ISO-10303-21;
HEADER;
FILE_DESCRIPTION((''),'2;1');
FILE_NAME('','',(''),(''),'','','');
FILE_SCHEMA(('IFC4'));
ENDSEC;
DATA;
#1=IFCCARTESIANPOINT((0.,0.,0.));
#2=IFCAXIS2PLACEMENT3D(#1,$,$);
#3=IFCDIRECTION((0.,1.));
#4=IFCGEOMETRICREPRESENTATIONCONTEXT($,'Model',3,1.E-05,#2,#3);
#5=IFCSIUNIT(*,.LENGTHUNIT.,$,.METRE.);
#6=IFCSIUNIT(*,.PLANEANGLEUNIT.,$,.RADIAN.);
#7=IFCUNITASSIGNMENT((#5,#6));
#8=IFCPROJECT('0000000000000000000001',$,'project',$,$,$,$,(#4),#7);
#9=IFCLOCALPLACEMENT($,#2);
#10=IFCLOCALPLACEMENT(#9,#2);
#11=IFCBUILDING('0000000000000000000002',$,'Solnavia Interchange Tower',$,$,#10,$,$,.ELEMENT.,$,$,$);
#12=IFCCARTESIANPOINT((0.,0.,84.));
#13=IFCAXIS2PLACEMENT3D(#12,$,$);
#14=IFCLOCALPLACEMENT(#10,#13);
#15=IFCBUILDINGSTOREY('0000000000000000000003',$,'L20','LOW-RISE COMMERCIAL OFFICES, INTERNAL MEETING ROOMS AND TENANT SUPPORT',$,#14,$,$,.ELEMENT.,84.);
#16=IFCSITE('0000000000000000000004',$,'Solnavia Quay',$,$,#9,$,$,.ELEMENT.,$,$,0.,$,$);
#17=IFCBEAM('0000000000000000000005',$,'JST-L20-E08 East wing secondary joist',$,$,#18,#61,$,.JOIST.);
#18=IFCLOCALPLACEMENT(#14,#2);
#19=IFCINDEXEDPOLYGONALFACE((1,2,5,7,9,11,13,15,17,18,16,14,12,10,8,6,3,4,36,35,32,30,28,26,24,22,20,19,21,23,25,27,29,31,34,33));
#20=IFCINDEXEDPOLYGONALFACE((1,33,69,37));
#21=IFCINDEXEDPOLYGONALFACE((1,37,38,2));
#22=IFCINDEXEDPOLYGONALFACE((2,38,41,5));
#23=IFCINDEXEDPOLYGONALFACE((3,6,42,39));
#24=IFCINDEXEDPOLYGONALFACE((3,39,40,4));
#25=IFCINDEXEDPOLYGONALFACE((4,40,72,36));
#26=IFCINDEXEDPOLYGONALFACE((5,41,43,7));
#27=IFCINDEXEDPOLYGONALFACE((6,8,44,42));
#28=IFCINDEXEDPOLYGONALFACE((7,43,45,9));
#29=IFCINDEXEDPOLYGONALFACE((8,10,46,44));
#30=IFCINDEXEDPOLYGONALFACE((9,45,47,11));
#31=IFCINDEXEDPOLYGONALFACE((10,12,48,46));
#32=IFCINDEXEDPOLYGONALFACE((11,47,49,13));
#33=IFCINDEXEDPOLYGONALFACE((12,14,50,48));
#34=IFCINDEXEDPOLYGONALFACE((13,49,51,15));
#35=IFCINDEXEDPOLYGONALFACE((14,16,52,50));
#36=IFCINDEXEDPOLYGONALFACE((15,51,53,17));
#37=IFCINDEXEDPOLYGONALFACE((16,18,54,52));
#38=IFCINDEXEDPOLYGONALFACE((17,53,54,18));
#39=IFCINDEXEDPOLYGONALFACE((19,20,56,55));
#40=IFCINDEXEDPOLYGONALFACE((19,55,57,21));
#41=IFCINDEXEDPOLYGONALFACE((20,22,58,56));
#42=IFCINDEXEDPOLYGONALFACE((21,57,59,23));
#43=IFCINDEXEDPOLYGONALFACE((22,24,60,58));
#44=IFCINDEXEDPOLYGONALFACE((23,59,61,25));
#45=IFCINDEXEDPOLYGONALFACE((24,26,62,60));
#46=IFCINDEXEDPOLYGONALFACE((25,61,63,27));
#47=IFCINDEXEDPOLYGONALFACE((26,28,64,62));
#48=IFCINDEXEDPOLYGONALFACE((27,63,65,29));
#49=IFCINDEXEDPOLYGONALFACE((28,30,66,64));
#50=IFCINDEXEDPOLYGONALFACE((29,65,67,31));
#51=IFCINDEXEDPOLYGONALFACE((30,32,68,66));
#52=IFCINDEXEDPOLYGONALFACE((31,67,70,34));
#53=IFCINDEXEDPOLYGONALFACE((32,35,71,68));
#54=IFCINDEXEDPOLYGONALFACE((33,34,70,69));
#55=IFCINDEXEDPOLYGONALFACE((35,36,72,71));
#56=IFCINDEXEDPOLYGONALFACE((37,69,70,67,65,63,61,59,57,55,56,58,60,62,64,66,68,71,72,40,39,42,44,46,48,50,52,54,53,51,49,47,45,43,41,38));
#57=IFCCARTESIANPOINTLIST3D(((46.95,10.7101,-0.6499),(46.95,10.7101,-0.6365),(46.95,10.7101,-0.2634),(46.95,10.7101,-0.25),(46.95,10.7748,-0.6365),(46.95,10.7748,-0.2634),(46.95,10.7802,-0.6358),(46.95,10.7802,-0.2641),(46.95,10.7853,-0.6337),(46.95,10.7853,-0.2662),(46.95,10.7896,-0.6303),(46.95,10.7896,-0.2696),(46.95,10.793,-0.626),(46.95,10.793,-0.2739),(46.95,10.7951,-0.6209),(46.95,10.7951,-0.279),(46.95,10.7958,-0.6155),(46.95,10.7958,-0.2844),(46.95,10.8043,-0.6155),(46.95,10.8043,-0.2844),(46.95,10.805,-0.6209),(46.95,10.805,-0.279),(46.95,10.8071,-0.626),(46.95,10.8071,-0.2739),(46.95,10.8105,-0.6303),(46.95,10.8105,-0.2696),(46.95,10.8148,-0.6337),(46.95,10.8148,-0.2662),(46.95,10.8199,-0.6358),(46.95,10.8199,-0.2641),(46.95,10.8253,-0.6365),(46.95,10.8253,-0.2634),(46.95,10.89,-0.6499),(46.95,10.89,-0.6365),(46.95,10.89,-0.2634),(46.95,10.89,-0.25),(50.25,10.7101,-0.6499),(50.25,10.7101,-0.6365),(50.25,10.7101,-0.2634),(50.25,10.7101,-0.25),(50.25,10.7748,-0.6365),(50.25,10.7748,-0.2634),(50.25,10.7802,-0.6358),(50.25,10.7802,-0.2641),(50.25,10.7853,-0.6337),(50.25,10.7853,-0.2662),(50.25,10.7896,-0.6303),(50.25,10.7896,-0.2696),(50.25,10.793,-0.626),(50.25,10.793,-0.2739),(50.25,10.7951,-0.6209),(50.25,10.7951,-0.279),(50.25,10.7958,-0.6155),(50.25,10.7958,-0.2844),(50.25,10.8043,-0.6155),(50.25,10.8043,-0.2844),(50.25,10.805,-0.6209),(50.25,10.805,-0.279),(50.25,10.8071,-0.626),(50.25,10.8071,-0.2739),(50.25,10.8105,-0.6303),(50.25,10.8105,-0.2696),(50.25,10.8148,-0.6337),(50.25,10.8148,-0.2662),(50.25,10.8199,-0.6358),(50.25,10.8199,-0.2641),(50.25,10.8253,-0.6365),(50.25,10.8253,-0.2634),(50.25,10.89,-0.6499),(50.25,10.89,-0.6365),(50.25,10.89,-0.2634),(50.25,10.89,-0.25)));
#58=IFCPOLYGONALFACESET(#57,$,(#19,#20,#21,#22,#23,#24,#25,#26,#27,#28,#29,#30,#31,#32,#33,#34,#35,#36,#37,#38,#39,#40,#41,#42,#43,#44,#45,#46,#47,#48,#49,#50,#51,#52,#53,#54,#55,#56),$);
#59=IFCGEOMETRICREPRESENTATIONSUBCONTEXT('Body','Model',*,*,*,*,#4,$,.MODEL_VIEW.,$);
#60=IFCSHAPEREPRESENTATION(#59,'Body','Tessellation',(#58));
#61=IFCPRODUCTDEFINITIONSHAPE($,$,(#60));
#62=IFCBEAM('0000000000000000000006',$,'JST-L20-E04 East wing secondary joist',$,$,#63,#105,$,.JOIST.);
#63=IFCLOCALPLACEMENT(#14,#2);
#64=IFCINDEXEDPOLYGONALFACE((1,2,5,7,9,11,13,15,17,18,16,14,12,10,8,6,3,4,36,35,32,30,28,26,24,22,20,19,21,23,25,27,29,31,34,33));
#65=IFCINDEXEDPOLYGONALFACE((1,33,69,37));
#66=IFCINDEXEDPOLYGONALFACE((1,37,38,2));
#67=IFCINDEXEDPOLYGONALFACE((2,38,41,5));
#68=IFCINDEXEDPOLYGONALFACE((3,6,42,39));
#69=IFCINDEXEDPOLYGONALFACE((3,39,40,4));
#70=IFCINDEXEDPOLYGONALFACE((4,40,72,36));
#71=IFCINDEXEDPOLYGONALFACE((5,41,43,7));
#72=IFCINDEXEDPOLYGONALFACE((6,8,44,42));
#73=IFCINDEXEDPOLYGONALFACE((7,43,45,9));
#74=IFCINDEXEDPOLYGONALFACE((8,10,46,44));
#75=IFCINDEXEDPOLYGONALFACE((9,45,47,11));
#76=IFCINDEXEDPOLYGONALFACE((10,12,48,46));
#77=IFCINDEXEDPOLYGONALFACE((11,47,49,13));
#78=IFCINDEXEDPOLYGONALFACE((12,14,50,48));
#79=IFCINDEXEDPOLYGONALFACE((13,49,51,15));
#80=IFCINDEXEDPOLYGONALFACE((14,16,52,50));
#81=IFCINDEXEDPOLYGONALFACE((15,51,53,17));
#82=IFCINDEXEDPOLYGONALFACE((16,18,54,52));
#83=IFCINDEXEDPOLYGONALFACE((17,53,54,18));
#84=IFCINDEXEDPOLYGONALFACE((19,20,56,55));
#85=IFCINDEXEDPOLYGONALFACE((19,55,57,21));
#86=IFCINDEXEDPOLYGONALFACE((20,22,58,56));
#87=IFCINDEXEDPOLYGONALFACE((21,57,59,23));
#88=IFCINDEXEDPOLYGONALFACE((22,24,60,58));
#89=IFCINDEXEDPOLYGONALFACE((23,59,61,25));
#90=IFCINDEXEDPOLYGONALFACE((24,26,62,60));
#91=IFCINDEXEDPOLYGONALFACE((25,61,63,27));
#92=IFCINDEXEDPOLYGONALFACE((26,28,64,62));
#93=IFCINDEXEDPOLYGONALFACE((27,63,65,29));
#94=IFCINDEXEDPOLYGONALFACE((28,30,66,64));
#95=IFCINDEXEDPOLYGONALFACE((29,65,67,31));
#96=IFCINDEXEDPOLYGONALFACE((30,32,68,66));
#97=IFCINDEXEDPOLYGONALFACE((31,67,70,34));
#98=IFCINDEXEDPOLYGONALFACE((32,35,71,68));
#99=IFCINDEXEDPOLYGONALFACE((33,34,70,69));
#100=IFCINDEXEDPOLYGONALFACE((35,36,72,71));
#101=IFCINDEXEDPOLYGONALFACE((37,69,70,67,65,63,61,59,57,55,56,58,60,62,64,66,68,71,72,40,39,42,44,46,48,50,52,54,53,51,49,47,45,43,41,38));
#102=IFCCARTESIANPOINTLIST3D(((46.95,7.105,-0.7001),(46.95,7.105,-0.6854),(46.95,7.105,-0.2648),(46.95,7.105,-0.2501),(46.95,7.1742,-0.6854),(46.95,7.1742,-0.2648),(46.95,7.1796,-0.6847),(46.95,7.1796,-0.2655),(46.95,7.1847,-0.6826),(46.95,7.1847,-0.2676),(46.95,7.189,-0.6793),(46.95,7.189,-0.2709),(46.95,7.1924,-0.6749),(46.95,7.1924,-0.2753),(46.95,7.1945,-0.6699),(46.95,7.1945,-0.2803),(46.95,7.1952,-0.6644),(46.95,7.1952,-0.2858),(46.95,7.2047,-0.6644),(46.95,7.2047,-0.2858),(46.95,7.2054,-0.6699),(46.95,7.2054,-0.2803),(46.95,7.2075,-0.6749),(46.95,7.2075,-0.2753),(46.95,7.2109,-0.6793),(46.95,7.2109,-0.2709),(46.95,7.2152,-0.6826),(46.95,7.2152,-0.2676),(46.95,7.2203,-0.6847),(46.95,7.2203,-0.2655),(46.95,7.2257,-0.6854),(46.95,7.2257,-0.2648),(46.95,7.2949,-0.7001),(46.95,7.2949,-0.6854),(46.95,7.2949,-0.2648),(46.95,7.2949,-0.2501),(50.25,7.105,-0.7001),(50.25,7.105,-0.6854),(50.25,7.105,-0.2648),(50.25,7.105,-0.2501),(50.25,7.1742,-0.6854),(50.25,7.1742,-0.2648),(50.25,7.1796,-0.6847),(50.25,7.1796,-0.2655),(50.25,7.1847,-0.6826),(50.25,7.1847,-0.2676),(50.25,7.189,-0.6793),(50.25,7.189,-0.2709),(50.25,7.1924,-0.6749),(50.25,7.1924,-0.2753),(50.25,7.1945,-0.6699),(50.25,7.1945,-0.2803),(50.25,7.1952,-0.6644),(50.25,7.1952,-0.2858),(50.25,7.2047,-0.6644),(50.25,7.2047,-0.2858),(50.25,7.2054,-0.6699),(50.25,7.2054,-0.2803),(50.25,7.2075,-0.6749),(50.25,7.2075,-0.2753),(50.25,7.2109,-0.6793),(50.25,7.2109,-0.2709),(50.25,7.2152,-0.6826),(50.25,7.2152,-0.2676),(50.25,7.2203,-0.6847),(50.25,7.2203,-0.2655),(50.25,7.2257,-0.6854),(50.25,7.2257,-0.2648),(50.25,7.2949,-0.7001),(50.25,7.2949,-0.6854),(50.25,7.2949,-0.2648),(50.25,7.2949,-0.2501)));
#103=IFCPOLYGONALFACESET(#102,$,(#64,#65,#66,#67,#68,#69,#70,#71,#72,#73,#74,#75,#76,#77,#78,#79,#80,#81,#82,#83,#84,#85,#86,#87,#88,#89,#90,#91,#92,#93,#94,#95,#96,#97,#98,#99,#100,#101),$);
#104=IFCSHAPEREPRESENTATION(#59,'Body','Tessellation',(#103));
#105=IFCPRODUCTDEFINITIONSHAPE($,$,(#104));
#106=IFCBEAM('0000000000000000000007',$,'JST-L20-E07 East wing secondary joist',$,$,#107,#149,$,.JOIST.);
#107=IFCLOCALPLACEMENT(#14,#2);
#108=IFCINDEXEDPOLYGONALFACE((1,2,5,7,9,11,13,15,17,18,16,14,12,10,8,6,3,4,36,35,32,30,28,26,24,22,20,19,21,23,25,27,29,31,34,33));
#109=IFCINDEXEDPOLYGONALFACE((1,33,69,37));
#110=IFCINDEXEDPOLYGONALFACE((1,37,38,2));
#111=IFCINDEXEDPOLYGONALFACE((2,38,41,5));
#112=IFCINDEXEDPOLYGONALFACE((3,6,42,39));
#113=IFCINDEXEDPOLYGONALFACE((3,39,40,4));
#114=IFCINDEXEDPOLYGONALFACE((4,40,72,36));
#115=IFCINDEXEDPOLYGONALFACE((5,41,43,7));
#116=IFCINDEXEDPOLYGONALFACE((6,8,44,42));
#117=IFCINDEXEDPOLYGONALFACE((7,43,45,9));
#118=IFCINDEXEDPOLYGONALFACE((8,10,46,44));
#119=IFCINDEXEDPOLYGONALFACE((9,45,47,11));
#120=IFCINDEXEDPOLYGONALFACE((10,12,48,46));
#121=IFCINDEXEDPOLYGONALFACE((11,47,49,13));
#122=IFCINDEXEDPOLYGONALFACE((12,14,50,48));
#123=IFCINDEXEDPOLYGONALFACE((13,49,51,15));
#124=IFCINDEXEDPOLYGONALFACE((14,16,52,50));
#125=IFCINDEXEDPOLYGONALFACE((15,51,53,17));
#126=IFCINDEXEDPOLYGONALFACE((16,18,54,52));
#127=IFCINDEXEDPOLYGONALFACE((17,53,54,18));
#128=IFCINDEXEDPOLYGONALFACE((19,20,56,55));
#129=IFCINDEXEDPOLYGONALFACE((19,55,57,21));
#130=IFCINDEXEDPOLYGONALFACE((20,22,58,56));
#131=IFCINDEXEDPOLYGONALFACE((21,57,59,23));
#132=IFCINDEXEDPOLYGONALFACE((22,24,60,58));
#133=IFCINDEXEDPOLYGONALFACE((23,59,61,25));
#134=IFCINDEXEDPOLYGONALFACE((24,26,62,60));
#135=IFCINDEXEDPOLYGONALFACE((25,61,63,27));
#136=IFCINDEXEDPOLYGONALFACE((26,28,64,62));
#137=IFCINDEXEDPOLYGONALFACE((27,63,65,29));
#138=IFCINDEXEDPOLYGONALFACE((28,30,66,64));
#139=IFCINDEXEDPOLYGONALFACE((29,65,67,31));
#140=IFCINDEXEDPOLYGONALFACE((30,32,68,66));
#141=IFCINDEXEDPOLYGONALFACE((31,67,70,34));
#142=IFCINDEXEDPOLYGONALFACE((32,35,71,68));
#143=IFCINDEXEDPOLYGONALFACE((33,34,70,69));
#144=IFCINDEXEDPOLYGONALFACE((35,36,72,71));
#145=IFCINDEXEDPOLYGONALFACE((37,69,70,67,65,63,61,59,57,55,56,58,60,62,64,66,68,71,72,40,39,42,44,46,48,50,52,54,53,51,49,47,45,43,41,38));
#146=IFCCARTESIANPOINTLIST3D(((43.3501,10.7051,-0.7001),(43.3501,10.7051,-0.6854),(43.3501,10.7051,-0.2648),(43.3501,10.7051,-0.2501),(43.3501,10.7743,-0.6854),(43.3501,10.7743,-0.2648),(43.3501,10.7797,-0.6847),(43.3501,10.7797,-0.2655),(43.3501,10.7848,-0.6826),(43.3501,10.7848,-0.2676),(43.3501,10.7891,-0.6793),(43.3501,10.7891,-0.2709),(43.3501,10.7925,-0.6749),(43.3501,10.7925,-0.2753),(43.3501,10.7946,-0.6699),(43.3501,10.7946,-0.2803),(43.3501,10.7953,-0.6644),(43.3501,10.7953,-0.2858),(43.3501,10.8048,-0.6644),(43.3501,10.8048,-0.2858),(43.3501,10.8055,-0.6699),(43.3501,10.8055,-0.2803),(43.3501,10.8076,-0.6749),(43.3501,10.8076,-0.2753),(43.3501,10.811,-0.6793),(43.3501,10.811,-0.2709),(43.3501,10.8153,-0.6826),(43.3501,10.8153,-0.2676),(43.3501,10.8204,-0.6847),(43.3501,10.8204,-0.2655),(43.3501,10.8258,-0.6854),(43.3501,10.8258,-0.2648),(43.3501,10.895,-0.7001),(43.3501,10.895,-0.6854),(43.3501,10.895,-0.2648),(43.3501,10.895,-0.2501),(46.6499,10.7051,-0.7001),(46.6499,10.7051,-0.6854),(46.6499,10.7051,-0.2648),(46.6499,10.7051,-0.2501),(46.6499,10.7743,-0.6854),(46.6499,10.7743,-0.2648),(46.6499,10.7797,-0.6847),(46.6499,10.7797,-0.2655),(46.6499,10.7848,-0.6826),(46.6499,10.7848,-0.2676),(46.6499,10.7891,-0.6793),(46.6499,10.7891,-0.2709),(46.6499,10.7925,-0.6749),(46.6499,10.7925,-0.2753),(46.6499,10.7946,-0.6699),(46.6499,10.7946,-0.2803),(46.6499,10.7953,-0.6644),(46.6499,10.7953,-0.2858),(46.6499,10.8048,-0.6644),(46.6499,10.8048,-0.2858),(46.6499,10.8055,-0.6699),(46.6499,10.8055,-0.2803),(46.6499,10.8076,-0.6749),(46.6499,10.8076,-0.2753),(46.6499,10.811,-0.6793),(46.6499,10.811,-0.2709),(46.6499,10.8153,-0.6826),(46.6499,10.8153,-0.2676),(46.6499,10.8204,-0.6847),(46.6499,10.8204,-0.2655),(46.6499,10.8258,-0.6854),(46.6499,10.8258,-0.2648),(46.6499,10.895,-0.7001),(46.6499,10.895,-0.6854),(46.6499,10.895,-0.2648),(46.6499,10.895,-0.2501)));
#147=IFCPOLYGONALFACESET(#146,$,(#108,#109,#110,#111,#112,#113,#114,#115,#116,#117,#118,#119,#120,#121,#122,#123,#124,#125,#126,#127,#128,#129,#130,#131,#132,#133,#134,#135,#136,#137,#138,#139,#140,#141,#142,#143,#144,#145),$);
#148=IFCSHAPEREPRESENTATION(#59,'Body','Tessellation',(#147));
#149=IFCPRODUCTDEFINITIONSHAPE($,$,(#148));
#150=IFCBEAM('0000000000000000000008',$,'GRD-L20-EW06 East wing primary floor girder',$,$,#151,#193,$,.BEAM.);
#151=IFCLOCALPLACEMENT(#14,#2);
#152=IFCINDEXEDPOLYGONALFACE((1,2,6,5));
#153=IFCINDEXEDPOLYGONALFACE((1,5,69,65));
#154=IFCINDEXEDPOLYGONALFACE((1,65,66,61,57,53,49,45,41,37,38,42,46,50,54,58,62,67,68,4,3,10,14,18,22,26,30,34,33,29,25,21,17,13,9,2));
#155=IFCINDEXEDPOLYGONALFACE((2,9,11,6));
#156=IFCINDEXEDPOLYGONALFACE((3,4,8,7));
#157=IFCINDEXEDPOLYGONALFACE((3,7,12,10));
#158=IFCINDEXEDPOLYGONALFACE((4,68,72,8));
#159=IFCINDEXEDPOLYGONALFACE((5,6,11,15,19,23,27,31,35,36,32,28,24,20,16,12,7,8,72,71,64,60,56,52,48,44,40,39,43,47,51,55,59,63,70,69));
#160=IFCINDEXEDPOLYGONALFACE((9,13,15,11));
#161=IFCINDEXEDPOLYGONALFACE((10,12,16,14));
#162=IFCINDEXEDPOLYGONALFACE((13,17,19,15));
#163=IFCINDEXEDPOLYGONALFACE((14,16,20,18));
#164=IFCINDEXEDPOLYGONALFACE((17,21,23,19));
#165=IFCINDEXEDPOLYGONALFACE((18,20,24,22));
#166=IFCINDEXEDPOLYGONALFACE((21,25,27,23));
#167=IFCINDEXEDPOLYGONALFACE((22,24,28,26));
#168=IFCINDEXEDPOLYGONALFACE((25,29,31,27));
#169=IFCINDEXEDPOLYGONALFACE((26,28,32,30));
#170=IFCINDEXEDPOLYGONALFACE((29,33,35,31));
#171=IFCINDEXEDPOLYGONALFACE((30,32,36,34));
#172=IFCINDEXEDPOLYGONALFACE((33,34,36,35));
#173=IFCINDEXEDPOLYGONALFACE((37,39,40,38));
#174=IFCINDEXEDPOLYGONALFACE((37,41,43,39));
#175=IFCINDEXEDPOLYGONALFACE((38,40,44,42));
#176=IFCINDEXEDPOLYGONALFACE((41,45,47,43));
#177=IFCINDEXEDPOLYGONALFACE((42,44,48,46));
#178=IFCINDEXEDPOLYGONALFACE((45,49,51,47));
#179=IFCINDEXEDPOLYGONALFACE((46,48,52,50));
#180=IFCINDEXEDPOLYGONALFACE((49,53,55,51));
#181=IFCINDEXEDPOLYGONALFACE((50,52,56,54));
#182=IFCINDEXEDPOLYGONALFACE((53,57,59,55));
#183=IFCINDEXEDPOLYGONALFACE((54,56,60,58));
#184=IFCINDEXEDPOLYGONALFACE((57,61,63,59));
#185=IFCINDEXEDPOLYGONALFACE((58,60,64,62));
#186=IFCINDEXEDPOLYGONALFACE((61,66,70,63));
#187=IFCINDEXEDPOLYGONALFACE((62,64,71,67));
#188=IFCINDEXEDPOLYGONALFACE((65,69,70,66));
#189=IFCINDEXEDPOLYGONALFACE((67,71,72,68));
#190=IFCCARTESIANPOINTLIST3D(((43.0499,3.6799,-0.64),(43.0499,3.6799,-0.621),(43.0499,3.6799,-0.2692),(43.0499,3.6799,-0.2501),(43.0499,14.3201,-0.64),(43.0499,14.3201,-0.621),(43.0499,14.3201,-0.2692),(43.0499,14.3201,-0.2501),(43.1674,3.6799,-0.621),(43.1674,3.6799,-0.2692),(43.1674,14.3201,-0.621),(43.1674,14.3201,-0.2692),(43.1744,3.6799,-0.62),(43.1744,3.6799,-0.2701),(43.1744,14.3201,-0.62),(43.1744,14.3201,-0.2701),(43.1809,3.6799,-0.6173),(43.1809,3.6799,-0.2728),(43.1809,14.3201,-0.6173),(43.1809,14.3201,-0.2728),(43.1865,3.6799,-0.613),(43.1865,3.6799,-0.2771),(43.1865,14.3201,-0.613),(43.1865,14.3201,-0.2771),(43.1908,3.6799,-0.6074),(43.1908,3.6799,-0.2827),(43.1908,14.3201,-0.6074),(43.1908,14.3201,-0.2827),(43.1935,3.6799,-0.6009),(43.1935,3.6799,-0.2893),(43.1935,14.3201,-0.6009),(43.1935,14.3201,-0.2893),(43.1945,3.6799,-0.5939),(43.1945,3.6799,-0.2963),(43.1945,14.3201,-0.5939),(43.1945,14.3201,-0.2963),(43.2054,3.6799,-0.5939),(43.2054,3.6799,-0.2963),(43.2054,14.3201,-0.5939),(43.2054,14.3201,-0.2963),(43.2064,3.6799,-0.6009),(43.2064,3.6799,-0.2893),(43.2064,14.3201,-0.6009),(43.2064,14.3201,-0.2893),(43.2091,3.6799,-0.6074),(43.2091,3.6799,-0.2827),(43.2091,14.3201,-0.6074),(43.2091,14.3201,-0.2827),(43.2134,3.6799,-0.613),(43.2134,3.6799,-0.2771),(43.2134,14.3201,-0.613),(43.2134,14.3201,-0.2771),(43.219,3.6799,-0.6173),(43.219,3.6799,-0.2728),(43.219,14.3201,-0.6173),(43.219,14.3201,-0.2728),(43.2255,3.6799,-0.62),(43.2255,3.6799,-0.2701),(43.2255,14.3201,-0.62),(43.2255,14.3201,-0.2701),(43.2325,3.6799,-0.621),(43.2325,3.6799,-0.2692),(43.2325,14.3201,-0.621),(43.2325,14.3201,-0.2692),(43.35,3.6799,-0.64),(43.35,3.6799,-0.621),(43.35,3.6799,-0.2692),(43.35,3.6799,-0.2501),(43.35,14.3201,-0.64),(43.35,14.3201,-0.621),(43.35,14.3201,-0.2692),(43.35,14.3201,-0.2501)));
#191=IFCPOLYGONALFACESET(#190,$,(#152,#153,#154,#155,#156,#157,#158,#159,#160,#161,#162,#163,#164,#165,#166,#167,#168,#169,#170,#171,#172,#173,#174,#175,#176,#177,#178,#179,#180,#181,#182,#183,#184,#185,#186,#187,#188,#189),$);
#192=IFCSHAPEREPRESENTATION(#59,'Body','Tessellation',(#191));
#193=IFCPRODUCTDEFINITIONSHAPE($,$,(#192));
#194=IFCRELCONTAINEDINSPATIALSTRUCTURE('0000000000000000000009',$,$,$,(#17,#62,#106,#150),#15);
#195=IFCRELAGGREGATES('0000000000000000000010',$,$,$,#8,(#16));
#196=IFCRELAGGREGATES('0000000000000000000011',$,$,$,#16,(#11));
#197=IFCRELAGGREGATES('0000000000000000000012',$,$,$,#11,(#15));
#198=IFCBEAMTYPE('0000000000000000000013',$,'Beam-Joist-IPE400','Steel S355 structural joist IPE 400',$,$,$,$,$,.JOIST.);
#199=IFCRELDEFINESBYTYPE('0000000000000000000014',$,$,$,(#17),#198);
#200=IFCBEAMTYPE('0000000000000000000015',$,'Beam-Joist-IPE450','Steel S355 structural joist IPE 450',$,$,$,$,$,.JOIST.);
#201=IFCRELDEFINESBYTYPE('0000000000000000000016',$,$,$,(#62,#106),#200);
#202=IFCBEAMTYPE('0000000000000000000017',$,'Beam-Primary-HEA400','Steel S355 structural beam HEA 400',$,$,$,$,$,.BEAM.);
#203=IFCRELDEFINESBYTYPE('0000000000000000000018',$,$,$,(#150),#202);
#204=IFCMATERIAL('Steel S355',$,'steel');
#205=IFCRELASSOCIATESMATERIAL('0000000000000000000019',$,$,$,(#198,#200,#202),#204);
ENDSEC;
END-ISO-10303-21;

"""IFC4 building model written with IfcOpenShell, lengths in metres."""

from ifc_helpers import new_model, si_unit, direction, frame, origin, origin_2d, place, context, subcontext, project, spatial, i_section, extrude, material, material_profile, profile_set, type_object, element, save


model = new_model("IFC4")

# Units and contexts
model_context = context("Model", 3, precision=1e-05, world=origin(), true_north=direction((0.0, 1.0)))
body_context = subcontext(model_context, "Body", "Model", "MODEL_VIEW")
ifc_project = project(units=[si_unit("LENGTHUNIT", "METRE"), si_unit("PLANEANGLEUNIT", "RADIAN")], contexts=[model_context])

# Site, building, storey
site_placement = place(None, origin())
site = spatial("IfcSite", under=ifc_project, at=site_placement, Name="Solnavia Quay", CompositionType="ELEMENT", RefElevation=0.0)
building_placement = place(site_placement, origin())
building = spatial("IfcBuilding", under=site, at=building_placement, Name="Solnavia Interchange Tower", CompositionType="ELEMENT")
storey_placement = place(building_placement, frame((0.0, 0.0, 84.0)))
storey = spatial("IfcBuildingStorey", under=building, at=storey_placement, Name="L20", Description="LOW-RISE COMMERCIAL OFFICES, INTERNAL MEETING ROOMS AND TENANT SUPPORT", CompositionType="ELEMENT", Elevation=84.0)

# Beams
ifc_material_1 = material(Name="Steel S355", Category="steel")
ifc_material_profile_1 = material_profile(ifc_material_1, i_section(OverallWidth=0.1799, OverallDepth=0.3999, WebThickness=0.0085, FlangeThickness=0.0134, FilletRadius=0.021, at=origin_2d()), Name="IPE 400")
ifc_profile_set_1 = profile_set([ifc_material_profile_1], Name="Steel S355")
beam_type_1 = type_object("IfcBeamType", Name="Beam-Joist-IPE400", Description="Steel S355 structural joist IPE 400", PredefinedType="JOIST", material=ifc_profile_set_1)
for number, where, z_axis, x_axis, name in (
    (1, (46.95, 10.8, -0.45), (1.0, 0.0, 0.0), (0.0, 1.0, 0.0), "JST-L20-E08 East wing secondary joist"),
):
    element("IfcBeam", number, at=place(storey_placement, frame(where, z_axis=z_axis, x_axis=x_axis)), inside=storey, type_object=beam_type_1, Name=name, PredefinedType="JOIST", context=body_context, shape_type="SweptSolid", body=[
        extrude(i_section(OverallWidth=0.1799, OverallDepth=0.3999, WebThickness=0.0085, FlangeThickness=0.0134, FilletRadius=0.021, at=origin_2d()), origin(), (0.0, 0.0, 1.0), 3.3),
    ])
ifc_material_profile_2 = material_profile(ifc_material_1, i_section(OverallWidth=0.1899, OverallDepth=0.45, WebThickness=0.0095, FlangeThickness=0.0146, FilletRadius=0.021, at=origin_2d()), Name="IPE 450")
ifc_profile_set_2 = profile_set([ifc_material_profile_2], Name="Steel S355")
beam_type_2 = type_object("IfcBeamType", Name="Beam-Joist-IPE450", Description="Steel S355 structural joist IPE 450", PredefinedType="JOIST", material=ifc_profile_set_2)
beam_1_placement = place(storey_placement, frame((46.95, 7.2, -0.4751), z_axis=(1.0, 0.0, 0.0), x_axis=(0.0, 1.0, 0.0)))
element("IfcBeam", 2, at=beam_1_placement, inside=storey, type_object=beam_type_2, Name="JST-L20-E04 East wing secondary joist", PredefinedType="JOIST", context=body_context, shape_type="SweptSolid", body=[
    extrude(i_section(OverallWidth=0.1899, OverallDepth=0.45, WebThickness=0.0095, FlangeThickness=0.0146, FilletRadius=0.021, at=origin_2d()), origin(), (0.0, 0.0, 1.0), 3.3),
])
beam_2_placement = place(storey_placement, frame((43.3501, 10.8, -0.4751), z_axis=(1.0, 0.0, 0.0), x_axis=(0.0, 1.0, 0.0)))
element("IfcBeam", 3, at=beam_2_placement, inside=storey, type_object=beam_type_2, Name="JST-L20-E07 East wing secondary joist", PredefinedType="JOIST", context=body_context, shape_type="SweptSolid", body=[
    extrude(i_section(OverallWidth=0.1899, OverallDepth=0.45, WebThickness=0.0095, FlangeThickness=0.0146, FilletRadius=0.021, at=origin_2d()), origin(), (0.0, 0.0, 1.0), 3.2998),
])
ifc_material_profile_3 = material_profile(ifc_material_1, i_section(OverallWidth=0.3, OverallDepth=0.3899, WebThickness=0.011, FlangeThickness=0.019, FilletRadius=0.0271, at=origin_2d()), Name="HEA 400")
ifc_profile_set_3 = profile_set([ifc_material_profile_3], Name="Steel S355")
beam_type_3 = type_object("IfcBeamType", Name="Beam-Primary-HEA400", Description="Steel S355 structural beam HEA 400", PredefinedType="BEAM", material=ifc_profile_set_3)
beam_3_placement = place(storey_placement, frame((43.2, 3.6799, -0.4451), z_axis=(0.0, 1.0, 0.0), x_axis=(-1.0, 0.0, 0.0)))
element("IfcBeam", 4, at=beam_3_placement, inside=storey, type_object=beam_type_3, Name="GRD-L20-EW06 East wing primary floor girder", PredefinedType="BEAM", context=body_context, shape_type="SweptSolid", body=[
    extrude(i_section(OverallWidth=0.3, OverallDepth=0.3899, WebThickness=0.011, FlangeThickness=0.019, FilletRadius=0.0271, at=origin_2d()), origin(), (0.0, 0.0, 1.0), 10.6401),
])

save(model, "model.ifc")
